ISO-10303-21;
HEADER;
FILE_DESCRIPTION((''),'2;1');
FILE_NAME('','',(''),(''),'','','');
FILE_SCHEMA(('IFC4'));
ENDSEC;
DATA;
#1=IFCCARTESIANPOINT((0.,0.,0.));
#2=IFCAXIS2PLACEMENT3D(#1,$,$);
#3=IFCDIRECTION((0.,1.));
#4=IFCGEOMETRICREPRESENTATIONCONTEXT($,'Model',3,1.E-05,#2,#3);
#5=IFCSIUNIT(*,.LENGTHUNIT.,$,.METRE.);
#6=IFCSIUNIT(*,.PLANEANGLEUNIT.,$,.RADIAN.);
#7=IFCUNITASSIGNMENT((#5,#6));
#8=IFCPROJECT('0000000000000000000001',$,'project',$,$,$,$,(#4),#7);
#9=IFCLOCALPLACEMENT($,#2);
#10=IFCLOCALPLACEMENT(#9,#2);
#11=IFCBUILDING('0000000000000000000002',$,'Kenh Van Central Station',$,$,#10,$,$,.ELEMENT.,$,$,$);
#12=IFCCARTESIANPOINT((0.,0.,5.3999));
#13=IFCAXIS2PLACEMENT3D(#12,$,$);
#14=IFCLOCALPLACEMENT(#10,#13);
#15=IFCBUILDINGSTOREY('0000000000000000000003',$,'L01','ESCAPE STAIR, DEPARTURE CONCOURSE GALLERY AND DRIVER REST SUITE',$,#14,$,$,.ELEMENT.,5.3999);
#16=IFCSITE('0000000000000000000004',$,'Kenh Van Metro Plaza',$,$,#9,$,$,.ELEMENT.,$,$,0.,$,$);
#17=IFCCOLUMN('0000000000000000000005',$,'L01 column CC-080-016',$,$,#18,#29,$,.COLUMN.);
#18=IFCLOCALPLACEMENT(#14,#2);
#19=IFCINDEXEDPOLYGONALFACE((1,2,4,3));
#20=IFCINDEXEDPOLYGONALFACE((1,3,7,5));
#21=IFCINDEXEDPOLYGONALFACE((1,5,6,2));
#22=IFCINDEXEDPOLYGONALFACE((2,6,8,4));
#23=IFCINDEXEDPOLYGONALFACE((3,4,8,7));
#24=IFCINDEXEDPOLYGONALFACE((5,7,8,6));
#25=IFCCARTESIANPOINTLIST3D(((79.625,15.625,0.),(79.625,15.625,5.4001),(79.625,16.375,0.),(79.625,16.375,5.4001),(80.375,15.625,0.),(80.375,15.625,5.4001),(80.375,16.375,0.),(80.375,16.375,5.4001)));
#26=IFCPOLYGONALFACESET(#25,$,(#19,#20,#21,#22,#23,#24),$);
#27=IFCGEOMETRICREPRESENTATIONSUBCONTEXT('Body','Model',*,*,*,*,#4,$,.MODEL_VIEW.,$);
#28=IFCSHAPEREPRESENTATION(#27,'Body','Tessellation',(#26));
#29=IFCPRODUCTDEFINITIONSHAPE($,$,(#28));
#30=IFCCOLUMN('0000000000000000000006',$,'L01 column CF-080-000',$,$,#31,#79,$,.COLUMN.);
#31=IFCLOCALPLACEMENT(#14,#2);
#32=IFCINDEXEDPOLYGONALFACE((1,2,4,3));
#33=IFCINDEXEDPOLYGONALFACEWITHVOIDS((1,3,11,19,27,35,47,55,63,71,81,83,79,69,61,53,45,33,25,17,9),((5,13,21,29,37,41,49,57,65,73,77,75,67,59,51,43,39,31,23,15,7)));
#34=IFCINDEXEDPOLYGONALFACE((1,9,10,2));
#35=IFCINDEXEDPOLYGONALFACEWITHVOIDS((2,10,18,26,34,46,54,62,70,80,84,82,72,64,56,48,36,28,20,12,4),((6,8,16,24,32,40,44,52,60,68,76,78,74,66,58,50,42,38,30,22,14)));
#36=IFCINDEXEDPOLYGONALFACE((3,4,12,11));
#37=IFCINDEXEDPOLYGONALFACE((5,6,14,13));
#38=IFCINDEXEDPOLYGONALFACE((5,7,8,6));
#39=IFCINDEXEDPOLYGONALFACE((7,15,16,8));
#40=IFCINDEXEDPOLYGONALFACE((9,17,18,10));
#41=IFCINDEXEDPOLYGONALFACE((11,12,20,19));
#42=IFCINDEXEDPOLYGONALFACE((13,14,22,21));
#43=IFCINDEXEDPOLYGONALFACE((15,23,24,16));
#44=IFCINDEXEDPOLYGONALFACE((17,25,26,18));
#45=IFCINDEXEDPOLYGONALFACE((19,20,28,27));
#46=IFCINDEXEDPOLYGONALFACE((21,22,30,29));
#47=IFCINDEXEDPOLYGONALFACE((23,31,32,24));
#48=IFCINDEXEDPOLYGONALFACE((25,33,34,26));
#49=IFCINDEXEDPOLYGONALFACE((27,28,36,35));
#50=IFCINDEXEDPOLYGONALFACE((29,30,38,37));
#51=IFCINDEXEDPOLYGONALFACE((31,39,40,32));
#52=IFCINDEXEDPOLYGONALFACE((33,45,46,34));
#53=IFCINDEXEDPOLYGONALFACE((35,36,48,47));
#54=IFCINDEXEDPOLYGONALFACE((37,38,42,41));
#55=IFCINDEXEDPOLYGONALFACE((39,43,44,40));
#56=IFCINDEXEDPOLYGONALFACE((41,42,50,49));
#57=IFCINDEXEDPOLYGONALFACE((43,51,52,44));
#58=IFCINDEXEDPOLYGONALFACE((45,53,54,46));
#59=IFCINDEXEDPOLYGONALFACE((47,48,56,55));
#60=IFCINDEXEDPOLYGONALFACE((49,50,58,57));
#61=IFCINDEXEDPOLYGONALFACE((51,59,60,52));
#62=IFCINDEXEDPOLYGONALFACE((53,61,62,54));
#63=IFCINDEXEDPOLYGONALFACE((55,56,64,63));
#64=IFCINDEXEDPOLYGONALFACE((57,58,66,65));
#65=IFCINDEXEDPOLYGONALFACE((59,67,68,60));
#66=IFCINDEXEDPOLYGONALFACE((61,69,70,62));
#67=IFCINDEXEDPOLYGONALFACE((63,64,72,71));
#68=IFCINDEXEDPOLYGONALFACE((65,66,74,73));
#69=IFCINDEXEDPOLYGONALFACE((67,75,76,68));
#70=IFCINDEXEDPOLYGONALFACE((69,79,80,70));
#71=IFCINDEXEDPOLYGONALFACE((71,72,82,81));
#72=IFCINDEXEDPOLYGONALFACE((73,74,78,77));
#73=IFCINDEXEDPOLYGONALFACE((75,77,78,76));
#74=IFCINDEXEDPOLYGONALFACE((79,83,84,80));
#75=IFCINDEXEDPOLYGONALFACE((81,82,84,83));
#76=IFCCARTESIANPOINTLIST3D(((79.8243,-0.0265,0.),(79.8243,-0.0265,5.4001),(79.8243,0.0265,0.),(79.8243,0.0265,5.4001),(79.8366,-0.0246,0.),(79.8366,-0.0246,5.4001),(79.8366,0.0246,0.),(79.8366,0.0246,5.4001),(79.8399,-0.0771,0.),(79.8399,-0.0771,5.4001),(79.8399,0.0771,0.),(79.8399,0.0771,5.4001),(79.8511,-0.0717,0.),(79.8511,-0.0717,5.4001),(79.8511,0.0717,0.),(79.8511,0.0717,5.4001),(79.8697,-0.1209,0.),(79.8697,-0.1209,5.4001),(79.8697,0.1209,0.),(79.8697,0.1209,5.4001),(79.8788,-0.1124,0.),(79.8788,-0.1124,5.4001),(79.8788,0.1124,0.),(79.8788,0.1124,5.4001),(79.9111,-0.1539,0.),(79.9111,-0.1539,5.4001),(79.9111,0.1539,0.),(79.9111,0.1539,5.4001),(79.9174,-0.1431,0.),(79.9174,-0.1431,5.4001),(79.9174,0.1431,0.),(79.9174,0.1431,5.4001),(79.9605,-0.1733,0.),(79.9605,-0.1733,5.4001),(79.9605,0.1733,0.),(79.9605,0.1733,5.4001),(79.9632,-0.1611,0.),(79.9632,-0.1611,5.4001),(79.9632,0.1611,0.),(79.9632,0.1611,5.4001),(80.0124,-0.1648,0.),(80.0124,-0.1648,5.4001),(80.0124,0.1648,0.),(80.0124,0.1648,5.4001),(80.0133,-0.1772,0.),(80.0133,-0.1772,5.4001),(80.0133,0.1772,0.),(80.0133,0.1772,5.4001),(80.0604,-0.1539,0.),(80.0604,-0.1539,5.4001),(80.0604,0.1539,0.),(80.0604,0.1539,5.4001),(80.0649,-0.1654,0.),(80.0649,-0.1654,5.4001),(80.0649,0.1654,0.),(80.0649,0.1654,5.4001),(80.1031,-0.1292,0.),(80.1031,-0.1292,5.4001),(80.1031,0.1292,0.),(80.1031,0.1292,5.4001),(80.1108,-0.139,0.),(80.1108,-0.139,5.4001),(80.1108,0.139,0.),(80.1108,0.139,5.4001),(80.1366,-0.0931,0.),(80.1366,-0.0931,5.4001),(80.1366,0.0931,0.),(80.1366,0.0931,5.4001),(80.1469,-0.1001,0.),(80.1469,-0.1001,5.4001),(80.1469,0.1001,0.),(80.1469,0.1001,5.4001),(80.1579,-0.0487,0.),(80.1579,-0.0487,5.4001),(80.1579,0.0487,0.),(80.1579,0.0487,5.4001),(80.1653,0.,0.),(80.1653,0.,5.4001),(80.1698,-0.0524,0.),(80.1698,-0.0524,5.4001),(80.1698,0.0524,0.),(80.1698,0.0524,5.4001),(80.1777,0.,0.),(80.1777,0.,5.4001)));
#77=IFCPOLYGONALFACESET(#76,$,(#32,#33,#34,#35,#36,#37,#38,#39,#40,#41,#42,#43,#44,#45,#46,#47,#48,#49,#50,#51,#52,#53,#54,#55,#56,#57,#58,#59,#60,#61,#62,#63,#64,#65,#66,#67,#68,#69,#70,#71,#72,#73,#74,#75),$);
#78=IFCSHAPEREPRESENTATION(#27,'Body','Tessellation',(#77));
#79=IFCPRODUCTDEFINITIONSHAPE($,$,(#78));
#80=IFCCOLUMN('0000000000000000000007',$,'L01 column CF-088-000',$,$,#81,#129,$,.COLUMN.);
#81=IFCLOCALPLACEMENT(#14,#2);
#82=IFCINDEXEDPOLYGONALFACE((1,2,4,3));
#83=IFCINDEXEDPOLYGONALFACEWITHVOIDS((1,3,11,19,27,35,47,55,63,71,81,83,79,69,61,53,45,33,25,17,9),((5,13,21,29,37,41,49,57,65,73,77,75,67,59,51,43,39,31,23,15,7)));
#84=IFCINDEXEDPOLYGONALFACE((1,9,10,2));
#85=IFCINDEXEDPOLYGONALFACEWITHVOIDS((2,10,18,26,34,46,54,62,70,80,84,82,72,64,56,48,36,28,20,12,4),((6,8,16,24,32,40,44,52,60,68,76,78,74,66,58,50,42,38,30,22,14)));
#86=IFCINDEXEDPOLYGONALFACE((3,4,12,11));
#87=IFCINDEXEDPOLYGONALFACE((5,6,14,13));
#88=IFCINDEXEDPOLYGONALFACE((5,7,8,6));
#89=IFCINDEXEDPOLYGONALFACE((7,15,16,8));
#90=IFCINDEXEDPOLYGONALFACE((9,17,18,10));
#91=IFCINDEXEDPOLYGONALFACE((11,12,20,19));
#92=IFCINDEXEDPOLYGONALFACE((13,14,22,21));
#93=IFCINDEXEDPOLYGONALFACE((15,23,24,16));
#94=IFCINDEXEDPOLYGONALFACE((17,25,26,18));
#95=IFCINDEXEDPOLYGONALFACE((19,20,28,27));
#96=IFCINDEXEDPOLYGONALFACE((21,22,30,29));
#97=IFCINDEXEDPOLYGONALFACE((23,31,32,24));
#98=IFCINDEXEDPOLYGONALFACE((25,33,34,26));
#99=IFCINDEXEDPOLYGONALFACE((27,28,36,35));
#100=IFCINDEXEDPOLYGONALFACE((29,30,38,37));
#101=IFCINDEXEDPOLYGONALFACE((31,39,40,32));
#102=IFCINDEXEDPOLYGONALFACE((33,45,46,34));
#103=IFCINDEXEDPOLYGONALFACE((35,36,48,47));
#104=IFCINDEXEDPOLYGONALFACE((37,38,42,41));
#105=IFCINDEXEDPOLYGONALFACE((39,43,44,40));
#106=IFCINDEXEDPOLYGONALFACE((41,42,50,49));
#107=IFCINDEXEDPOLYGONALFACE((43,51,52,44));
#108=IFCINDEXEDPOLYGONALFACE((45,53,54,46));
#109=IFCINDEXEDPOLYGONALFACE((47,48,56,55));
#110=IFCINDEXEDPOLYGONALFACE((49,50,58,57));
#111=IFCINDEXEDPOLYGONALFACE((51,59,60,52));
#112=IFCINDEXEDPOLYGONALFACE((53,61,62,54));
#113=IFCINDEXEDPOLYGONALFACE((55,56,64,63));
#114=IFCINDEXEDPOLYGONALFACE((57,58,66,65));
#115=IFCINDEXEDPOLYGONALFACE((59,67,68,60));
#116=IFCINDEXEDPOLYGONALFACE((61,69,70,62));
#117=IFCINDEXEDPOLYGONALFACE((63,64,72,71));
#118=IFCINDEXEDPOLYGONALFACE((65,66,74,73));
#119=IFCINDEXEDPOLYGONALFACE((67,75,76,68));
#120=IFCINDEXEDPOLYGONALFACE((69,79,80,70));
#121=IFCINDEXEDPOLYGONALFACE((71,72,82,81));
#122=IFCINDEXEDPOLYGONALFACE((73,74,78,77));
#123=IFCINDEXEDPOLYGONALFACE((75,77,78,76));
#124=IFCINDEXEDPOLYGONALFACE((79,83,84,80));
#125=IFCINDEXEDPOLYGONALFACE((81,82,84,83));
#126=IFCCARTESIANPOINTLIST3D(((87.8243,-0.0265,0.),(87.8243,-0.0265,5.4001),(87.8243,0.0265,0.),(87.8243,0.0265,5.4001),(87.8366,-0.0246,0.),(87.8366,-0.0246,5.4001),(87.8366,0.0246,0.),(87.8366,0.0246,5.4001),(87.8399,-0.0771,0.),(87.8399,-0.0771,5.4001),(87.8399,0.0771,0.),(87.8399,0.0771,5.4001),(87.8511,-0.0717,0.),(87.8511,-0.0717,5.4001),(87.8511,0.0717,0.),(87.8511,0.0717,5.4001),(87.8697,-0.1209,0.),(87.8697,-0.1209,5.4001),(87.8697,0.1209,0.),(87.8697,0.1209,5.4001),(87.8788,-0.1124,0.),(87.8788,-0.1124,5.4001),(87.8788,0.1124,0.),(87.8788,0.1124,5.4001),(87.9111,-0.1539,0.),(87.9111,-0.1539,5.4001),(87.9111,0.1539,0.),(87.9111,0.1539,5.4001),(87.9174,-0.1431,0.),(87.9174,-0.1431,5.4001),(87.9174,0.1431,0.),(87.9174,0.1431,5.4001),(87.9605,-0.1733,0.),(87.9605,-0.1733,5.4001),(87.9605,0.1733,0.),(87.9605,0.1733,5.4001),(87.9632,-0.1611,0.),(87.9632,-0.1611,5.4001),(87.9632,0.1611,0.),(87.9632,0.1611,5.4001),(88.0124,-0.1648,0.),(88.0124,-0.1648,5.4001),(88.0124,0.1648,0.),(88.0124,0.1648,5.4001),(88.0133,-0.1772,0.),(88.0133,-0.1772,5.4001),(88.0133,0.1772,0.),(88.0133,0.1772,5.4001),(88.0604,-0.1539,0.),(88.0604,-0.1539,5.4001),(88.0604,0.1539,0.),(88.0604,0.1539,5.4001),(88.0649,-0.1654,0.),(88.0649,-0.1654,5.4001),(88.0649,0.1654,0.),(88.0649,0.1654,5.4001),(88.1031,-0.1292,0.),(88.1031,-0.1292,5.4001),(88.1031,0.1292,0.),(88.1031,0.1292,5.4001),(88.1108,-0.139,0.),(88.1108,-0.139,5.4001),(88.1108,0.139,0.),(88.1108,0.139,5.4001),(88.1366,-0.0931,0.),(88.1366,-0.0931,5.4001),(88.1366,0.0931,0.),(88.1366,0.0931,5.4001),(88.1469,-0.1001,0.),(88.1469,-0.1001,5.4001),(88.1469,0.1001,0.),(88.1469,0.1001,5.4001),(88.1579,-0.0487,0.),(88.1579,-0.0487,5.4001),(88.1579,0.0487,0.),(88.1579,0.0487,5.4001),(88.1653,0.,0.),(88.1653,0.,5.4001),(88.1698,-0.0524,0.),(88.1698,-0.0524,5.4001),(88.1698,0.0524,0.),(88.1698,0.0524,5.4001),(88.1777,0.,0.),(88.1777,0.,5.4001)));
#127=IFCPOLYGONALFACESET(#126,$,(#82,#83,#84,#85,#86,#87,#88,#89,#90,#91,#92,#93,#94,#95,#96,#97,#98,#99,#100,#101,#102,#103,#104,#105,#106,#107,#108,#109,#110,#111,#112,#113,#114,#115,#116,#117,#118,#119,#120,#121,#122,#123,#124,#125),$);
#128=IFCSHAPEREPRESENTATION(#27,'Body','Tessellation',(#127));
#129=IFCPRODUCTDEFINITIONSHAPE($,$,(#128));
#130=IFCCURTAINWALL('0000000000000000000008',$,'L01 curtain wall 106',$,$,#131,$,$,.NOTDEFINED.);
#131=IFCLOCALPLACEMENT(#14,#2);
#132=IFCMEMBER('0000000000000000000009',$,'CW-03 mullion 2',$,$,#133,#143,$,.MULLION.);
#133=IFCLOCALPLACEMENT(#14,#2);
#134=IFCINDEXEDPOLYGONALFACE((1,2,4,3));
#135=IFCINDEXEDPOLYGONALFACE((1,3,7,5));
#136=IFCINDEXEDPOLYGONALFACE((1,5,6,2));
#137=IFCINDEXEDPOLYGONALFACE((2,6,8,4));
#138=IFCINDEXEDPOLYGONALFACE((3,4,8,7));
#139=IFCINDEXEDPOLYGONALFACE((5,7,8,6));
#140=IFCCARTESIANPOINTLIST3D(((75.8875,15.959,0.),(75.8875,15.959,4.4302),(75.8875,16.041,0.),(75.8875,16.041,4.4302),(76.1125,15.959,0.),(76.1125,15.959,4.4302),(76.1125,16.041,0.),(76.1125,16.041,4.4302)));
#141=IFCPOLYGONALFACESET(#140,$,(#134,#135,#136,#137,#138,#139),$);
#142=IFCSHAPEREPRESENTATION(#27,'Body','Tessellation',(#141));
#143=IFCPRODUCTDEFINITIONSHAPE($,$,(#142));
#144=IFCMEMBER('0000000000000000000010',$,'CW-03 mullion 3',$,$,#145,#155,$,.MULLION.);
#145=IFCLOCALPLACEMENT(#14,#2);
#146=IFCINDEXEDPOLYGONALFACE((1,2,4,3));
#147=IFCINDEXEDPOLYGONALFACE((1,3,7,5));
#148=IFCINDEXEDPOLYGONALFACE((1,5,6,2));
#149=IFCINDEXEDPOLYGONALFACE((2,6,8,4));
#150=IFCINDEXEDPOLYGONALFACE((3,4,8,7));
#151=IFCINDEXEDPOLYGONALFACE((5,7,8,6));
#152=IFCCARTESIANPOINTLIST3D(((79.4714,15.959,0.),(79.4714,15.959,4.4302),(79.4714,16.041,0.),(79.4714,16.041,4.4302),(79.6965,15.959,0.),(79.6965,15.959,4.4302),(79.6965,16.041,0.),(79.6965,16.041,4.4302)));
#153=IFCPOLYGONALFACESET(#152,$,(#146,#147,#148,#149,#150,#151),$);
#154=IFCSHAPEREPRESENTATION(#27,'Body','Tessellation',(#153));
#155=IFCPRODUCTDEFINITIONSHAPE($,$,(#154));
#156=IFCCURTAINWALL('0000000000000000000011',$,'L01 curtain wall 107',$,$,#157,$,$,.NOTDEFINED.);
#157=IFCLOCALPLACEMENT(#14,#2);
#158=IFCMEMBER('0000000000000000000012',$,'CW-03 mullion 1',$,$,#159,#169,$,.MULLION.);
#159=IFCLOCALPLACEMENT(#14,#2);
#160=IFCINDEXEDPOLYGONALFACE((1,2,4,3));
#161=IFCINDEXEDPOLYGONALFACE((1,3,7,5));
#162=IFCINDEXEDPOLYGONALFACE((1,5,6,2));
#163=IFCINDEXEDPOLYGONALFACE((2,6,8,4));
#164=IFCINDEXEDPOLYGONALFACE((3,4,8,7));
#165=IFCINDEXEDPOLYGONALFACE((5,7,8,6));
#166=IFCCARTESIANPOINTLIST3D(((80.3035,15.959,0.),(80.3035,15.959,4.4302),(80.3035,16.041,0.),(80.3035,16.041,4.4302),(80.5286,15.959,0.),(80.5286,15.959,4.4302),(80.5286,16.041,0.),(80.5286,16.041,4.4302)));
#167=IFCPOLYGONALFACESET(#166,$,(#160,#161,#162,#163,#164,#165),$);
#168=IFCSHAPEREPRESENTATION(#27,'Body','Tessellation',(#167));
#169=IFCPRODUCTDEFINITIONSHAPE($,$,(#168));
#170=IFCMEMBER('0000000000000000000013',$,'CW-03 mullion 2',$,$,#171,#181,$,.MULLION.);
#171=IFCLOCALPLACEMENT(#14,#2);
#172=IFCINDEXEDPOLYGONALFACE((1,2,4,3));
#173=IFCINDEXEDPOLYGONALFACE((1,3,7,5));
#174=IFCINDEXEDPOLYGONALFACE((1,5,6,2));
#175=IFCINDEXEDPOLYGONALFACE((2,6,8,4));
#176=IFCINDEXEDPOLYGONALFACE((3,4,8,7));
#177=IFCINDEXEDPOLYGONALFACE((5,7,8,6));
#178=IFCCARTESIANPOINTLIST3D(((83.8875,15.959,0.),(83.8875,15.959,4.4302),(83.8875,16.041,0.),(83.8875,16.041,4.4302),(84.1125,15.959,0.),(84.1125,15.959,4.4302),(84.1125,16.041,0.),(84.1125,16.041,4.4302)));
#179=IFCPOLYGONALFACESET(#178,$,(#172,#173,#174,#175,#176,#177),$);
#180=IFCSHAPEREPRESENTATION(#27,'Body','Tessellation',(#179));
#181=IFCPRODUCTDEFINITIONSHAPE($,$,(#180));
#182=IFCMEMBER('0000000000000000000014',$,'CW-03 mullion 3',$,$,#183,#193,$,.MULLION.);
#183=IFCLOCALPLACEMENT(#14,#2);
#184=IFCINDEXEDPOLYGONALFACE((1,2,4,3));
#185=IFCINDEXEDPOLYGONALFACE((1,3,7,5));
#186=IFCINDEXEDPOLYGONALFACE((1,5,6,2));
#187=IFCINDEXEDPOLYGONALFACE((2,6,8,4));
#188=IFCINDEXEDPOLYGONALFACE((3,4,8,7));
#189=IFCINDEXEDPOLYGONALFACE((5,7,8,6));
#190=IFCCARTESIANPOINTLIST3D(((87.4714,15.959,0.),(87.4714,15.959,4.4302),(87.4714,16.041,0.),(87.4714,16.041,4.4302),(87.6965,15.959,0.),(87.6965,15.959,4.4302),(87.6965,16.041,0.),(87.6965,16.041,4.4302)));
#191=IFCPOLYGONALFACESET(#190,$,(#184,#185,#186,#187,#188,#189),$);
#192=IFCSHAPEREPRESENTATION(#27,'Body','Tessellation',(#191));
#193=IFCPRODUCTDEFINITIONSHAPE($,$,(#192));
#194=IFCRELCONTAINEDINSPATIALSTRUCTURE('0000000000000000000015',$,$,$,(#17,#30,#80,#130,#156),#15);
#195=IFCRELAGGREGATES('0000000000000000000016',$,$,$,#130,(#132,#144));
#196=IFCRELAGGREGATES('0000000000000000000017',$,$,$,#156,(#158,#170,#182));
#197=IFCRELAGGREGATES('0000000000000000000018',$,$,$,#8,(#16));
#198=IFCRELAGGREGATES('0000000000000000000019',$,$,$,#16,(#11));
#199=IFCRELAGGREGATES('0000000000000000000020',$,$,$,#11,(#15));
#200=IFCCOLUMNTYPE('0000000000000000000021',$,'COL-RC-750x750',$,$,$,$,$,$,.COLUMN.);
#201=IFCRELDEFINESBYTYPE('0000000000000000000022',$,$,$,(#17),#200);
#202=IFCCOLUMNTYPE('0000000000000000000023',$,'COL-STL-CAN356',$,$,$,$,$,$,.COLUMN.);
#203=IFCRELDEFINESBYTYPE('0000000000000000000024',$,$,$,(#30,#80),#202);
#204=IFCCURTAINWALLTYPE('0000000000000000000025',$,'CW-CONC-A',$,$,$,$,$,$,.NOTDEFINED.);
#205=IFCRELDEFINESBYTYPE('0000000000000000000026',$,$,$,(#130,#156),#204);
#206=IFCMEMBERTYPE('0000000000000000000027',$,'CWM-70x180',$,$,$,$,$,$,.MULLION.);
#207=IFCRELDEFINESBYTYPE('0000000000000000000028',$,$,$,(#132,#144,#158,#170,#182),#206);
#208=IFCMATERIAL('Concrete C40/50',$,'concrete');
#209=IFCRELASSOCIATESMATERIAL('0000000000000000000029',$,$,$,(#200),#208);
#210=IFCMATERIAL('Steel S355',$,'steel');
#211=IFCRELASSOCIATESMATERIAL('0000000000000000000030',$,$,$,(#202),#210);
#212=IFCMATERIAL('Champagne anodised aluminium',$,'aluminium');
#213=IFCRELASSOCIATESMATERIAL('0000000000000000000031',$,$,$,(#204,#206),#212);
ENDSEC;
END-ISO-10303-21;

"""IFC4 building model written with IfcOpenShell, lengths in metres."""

from ifc_helpers import new_model, si_unit, direction, frame, origin, origin_2d, place, context, subcontext, project, spatial, rectangle, hollow_circle, extrude, material, material_profile, profile_set, type_object, element, aggregate, save


model = new_model("IFC4")

# Units and contexts
model_context = context("Model", 3, precision=1e-05, world=origin(), true_north=direction((0.0, 1.0)))
body_context = subcontext(model_context, "Body", "Model", "MODEL_VIEW")
ifc_project = project(units=[si_unit("LENGTHUNIT", "METRE"), si_unit("PLANEANGLEUNIT", "RADIAN")], contexts=[model_context])

# Site, building, storey
site_placement = place(None, origin())
site = spatial("IfcSite", under=ifc_project, at=site_placement, Name="Kenh Van Metro Plaza", CompositionType="ELEMENT", RefElevation=0.0)
building_placement = place(site_placement, origin())
building = spatial("IfcBuilding", under=site, at=building_placement, Name="Kenh Van Central Station", CompositionType="ELEMENT")
storey_placement = place(building_placement, frame((0.0, 0.0, 5.3999)))
storey = spatial("IfcBuildingStorey", under=building, at=storey_placement, Name="L01", Description="ESCAPE STAIR, DEPARTURE CONCOURSE GALLERY AND DRIVER REST SUITE", CompositionType="ELEMENT", Elevation=5.3999)

# Columns
ifc_material_1 = material(Name="Concrete C40/50", Category="concrete")
ifc_material_profile_1 = material_profile(ifc_material_1, rectangle(XDim=0.75, YDim=0.75, at=origin_2d()), Name="RC 750x750")
ifc_profile_set_1 = profile_set([ifc_material_profile_1], Name="Concrete C40/50")
column_type_1 = type_object("IfcColumnType", Name="COL-RC-750x750", PredefinedType="COLUMN", material=ifc_profile_set_1)
column_placement = place(storey_placement, frame((80.0, 16.0, 0.0), z_axis=(0.0, 0.0, 1.0), x_axis=(1.0, 0.0, 0.0)))
element("IfcColumn", 1, at=column_placement, inside=storey, type_object=column_type_1, Name="L01 column CC-080-016", PredefinedType="COLUMN", context=body_context, shape_type="SweptSolid", body=[
    extrude(rectangle(XDim=0.75, YDim=0.75, at=origin_2d()), origin(), (0.0, 0.0, 1.0), 5.4001),
])
ifc_material_2 = material(Name="Steel S355", Category="steel")
ifc_material_profile_2 = material_profile(ifc_material_2, hollow_circle(Radius=0.1777, WallThickness=0.0125, at=origin_2d()), Name="CHS 355.6x12.5")
ifc_profile_set_2 = profile_set([ifc_material_profile_2], Name="Steel S355")
column_type_2 = type_object("IfcColumnType", Name="COL-STL-CAN356", PredefinedType="COLUMN", material=ifc_profile_set_2)
for number, where, z_axis, x_axis, name in (
    (2, (80.0, 0.0, 0.0), (0.0, 0.0, 1.0), (1.0, 0.0, 0.0), "L01 column CF-080-000"),
    (3, (88.0, 0.0, 0.0), (0.0, 0.0, 1.0), (1.0, 0.0, 0.0), "L01 column CF-088-000"),
):
    element("IfcColumn", number, at=place(storey_placement, frame(where, z_axis=z_axis, x_axis=x_axis)), inside=storey, type_object=column_type_2, Name=name, PredefinedType="COLUMN", context=body_context, shape_type="SweptSolid", body=[
        extrude(hollow_circle(Radius=0.1777, WallThickness=0.0125, at=origin_2d()), origin(), (0.0, 0.0, 1.0), 5.4001),
    ])

# Curtain walls, members
ifc_material_3 = material(Name="Champagne anodised aluminium", Category="aluminium")
curtain_wall_type = type_object("IfcCurtainWallType", Name="CW-CONC-A", PredefinedType="NOTDEFINED", material=ifc_material_3)
curtain_wall_1_placement = place(storey_placement, origin())
curtain_wall_1 = element("IfcCurtainWall", 4, at=curtain_wall_1_placement, inside=storey, type_object=curtain_wall_type, Name="L01 curtain wall 106", PredefinedType="NOTDEFINED")
ifc_material_profile_3 = material_profile(ifc_material_3, rectangle(XDim=0.082, YDim=0.2251, at=origin_2d()), Name="AL 82x225")
ifc_profile_set_3 = profile_set([ifc_material_profile_3], Name="Champagne anodised aluminium")
member_type_1 = type_object("IfcMemberType", Name="CWM-70x180", PredefinedType="MULLION", material=ifc_profile_set_3)
member_1_placement = place(storey_placement, frame((76.0, 16.0, 0.0), z_axis=(0.0, 0.0, 1.0), x_axis=(0.0, 1.0, 0.0)))
member_1 = element("IfcMember", 5, at=member_1_placement, type_object=member_type_1, Name="CW-03 mullion 2", PredefinedType="MULLION", context=body_context, shape_type="SweptSolid", body=[
    extrude(rectangle(XDim=0.082, YDim=0.2251, at=origin_2d()), origin(), (0.0, 0.0, 1.0), 4.4302),
])
member_2_placement = place(storey_placement, frame((79.584, 16.0, 0.0), z_axis=(0.0, 0.0, 1.0), x_axis=(0.0, 1.0, 0.0)))
member_2 = element("IfcMember", 6, at=member_2_placement, type_object=member_type_1, Name="CW-03 mullion 3", PredefinedType="MULLION", context=body_context, shape_type="SweptSolid", body=[
    extrude(rectangle(XDim=0.082, YDim=0.2251, at=origin_2d()), origin(), (0.0, 0.0, 1.0), 4.4302),
])
curtain_wall_2_placement = place(storey_placement, origin())
curtain_wall_2 = element("IfcCurtainWall", 7, at=curtain_wall_2_placement, inside=storey, type_object=curtain_wall_type, Name="L01 curtain wall 107", PredefinedType="NOTDEFINED")
member_3_placement = place(storey_placement, frame((80.416, 16.0, 0.0), z_axis=(0.0, 0.0, 1.0), x_axis=(0.0, 1.0, 0.0)))
member_3 = element("IfcMember", 8, at=member_3_placement, type_object=member_type_1, Name="CW-03 mullion 1", PredefinedType="MULLION", context=body_context, shape_type="SweptSolid", body=[
    extrude(rectangle(XDim=0.082, YDim=0.2251, at=origin_2d()), origin(), (0.0, 0.0, 1.0), 4.4302),
])
member_4_placement = place(storey_placement, frame((84.0, 16.0, 0.0), z_axis=(0.0, 0.0, 1.0), x_axis=(0.0, 1.0, 0.0)))
member_4 = element("IfcMember", 9, at=member_4_placement, type_object=member_type_1, Name="CW-03 mullion 2", PredefinedType="MULLION", context=body_context, shape_type="SweptSolid", body=[
    extrude(rectangle(XDim=0.082, YDim=0.2251, at=origin_2d()), origin(), (0.0, 0.0, 1.0), 4.4302),
])
member_5_placement = place(storey_placement, frame((87.584, 16.0, 0.0), z_axis=(0.0, 0.0, 1.0), x_axis=(0.0, 1.0, 0.0)))
member_5 = element("IfcMember", 10, at=member_5_placement, type_object=member_type_1, Name="CW-03 mullion 3", PredefinedType="MULLION", context=body_context, shape_type="SweptSolid", body=[
    extrude(rectangle(XDim=0.082, YDim=0.2251, at=origin_2d()), origin(), (0.0, 0.0, 1.0), 4.4302),
])

aggregate(curtain_wall_1, [member_1, member_2])
aggregate(curtain_wall_2, [member_3, member_4, member_5])

save(model, "model.ifc")
